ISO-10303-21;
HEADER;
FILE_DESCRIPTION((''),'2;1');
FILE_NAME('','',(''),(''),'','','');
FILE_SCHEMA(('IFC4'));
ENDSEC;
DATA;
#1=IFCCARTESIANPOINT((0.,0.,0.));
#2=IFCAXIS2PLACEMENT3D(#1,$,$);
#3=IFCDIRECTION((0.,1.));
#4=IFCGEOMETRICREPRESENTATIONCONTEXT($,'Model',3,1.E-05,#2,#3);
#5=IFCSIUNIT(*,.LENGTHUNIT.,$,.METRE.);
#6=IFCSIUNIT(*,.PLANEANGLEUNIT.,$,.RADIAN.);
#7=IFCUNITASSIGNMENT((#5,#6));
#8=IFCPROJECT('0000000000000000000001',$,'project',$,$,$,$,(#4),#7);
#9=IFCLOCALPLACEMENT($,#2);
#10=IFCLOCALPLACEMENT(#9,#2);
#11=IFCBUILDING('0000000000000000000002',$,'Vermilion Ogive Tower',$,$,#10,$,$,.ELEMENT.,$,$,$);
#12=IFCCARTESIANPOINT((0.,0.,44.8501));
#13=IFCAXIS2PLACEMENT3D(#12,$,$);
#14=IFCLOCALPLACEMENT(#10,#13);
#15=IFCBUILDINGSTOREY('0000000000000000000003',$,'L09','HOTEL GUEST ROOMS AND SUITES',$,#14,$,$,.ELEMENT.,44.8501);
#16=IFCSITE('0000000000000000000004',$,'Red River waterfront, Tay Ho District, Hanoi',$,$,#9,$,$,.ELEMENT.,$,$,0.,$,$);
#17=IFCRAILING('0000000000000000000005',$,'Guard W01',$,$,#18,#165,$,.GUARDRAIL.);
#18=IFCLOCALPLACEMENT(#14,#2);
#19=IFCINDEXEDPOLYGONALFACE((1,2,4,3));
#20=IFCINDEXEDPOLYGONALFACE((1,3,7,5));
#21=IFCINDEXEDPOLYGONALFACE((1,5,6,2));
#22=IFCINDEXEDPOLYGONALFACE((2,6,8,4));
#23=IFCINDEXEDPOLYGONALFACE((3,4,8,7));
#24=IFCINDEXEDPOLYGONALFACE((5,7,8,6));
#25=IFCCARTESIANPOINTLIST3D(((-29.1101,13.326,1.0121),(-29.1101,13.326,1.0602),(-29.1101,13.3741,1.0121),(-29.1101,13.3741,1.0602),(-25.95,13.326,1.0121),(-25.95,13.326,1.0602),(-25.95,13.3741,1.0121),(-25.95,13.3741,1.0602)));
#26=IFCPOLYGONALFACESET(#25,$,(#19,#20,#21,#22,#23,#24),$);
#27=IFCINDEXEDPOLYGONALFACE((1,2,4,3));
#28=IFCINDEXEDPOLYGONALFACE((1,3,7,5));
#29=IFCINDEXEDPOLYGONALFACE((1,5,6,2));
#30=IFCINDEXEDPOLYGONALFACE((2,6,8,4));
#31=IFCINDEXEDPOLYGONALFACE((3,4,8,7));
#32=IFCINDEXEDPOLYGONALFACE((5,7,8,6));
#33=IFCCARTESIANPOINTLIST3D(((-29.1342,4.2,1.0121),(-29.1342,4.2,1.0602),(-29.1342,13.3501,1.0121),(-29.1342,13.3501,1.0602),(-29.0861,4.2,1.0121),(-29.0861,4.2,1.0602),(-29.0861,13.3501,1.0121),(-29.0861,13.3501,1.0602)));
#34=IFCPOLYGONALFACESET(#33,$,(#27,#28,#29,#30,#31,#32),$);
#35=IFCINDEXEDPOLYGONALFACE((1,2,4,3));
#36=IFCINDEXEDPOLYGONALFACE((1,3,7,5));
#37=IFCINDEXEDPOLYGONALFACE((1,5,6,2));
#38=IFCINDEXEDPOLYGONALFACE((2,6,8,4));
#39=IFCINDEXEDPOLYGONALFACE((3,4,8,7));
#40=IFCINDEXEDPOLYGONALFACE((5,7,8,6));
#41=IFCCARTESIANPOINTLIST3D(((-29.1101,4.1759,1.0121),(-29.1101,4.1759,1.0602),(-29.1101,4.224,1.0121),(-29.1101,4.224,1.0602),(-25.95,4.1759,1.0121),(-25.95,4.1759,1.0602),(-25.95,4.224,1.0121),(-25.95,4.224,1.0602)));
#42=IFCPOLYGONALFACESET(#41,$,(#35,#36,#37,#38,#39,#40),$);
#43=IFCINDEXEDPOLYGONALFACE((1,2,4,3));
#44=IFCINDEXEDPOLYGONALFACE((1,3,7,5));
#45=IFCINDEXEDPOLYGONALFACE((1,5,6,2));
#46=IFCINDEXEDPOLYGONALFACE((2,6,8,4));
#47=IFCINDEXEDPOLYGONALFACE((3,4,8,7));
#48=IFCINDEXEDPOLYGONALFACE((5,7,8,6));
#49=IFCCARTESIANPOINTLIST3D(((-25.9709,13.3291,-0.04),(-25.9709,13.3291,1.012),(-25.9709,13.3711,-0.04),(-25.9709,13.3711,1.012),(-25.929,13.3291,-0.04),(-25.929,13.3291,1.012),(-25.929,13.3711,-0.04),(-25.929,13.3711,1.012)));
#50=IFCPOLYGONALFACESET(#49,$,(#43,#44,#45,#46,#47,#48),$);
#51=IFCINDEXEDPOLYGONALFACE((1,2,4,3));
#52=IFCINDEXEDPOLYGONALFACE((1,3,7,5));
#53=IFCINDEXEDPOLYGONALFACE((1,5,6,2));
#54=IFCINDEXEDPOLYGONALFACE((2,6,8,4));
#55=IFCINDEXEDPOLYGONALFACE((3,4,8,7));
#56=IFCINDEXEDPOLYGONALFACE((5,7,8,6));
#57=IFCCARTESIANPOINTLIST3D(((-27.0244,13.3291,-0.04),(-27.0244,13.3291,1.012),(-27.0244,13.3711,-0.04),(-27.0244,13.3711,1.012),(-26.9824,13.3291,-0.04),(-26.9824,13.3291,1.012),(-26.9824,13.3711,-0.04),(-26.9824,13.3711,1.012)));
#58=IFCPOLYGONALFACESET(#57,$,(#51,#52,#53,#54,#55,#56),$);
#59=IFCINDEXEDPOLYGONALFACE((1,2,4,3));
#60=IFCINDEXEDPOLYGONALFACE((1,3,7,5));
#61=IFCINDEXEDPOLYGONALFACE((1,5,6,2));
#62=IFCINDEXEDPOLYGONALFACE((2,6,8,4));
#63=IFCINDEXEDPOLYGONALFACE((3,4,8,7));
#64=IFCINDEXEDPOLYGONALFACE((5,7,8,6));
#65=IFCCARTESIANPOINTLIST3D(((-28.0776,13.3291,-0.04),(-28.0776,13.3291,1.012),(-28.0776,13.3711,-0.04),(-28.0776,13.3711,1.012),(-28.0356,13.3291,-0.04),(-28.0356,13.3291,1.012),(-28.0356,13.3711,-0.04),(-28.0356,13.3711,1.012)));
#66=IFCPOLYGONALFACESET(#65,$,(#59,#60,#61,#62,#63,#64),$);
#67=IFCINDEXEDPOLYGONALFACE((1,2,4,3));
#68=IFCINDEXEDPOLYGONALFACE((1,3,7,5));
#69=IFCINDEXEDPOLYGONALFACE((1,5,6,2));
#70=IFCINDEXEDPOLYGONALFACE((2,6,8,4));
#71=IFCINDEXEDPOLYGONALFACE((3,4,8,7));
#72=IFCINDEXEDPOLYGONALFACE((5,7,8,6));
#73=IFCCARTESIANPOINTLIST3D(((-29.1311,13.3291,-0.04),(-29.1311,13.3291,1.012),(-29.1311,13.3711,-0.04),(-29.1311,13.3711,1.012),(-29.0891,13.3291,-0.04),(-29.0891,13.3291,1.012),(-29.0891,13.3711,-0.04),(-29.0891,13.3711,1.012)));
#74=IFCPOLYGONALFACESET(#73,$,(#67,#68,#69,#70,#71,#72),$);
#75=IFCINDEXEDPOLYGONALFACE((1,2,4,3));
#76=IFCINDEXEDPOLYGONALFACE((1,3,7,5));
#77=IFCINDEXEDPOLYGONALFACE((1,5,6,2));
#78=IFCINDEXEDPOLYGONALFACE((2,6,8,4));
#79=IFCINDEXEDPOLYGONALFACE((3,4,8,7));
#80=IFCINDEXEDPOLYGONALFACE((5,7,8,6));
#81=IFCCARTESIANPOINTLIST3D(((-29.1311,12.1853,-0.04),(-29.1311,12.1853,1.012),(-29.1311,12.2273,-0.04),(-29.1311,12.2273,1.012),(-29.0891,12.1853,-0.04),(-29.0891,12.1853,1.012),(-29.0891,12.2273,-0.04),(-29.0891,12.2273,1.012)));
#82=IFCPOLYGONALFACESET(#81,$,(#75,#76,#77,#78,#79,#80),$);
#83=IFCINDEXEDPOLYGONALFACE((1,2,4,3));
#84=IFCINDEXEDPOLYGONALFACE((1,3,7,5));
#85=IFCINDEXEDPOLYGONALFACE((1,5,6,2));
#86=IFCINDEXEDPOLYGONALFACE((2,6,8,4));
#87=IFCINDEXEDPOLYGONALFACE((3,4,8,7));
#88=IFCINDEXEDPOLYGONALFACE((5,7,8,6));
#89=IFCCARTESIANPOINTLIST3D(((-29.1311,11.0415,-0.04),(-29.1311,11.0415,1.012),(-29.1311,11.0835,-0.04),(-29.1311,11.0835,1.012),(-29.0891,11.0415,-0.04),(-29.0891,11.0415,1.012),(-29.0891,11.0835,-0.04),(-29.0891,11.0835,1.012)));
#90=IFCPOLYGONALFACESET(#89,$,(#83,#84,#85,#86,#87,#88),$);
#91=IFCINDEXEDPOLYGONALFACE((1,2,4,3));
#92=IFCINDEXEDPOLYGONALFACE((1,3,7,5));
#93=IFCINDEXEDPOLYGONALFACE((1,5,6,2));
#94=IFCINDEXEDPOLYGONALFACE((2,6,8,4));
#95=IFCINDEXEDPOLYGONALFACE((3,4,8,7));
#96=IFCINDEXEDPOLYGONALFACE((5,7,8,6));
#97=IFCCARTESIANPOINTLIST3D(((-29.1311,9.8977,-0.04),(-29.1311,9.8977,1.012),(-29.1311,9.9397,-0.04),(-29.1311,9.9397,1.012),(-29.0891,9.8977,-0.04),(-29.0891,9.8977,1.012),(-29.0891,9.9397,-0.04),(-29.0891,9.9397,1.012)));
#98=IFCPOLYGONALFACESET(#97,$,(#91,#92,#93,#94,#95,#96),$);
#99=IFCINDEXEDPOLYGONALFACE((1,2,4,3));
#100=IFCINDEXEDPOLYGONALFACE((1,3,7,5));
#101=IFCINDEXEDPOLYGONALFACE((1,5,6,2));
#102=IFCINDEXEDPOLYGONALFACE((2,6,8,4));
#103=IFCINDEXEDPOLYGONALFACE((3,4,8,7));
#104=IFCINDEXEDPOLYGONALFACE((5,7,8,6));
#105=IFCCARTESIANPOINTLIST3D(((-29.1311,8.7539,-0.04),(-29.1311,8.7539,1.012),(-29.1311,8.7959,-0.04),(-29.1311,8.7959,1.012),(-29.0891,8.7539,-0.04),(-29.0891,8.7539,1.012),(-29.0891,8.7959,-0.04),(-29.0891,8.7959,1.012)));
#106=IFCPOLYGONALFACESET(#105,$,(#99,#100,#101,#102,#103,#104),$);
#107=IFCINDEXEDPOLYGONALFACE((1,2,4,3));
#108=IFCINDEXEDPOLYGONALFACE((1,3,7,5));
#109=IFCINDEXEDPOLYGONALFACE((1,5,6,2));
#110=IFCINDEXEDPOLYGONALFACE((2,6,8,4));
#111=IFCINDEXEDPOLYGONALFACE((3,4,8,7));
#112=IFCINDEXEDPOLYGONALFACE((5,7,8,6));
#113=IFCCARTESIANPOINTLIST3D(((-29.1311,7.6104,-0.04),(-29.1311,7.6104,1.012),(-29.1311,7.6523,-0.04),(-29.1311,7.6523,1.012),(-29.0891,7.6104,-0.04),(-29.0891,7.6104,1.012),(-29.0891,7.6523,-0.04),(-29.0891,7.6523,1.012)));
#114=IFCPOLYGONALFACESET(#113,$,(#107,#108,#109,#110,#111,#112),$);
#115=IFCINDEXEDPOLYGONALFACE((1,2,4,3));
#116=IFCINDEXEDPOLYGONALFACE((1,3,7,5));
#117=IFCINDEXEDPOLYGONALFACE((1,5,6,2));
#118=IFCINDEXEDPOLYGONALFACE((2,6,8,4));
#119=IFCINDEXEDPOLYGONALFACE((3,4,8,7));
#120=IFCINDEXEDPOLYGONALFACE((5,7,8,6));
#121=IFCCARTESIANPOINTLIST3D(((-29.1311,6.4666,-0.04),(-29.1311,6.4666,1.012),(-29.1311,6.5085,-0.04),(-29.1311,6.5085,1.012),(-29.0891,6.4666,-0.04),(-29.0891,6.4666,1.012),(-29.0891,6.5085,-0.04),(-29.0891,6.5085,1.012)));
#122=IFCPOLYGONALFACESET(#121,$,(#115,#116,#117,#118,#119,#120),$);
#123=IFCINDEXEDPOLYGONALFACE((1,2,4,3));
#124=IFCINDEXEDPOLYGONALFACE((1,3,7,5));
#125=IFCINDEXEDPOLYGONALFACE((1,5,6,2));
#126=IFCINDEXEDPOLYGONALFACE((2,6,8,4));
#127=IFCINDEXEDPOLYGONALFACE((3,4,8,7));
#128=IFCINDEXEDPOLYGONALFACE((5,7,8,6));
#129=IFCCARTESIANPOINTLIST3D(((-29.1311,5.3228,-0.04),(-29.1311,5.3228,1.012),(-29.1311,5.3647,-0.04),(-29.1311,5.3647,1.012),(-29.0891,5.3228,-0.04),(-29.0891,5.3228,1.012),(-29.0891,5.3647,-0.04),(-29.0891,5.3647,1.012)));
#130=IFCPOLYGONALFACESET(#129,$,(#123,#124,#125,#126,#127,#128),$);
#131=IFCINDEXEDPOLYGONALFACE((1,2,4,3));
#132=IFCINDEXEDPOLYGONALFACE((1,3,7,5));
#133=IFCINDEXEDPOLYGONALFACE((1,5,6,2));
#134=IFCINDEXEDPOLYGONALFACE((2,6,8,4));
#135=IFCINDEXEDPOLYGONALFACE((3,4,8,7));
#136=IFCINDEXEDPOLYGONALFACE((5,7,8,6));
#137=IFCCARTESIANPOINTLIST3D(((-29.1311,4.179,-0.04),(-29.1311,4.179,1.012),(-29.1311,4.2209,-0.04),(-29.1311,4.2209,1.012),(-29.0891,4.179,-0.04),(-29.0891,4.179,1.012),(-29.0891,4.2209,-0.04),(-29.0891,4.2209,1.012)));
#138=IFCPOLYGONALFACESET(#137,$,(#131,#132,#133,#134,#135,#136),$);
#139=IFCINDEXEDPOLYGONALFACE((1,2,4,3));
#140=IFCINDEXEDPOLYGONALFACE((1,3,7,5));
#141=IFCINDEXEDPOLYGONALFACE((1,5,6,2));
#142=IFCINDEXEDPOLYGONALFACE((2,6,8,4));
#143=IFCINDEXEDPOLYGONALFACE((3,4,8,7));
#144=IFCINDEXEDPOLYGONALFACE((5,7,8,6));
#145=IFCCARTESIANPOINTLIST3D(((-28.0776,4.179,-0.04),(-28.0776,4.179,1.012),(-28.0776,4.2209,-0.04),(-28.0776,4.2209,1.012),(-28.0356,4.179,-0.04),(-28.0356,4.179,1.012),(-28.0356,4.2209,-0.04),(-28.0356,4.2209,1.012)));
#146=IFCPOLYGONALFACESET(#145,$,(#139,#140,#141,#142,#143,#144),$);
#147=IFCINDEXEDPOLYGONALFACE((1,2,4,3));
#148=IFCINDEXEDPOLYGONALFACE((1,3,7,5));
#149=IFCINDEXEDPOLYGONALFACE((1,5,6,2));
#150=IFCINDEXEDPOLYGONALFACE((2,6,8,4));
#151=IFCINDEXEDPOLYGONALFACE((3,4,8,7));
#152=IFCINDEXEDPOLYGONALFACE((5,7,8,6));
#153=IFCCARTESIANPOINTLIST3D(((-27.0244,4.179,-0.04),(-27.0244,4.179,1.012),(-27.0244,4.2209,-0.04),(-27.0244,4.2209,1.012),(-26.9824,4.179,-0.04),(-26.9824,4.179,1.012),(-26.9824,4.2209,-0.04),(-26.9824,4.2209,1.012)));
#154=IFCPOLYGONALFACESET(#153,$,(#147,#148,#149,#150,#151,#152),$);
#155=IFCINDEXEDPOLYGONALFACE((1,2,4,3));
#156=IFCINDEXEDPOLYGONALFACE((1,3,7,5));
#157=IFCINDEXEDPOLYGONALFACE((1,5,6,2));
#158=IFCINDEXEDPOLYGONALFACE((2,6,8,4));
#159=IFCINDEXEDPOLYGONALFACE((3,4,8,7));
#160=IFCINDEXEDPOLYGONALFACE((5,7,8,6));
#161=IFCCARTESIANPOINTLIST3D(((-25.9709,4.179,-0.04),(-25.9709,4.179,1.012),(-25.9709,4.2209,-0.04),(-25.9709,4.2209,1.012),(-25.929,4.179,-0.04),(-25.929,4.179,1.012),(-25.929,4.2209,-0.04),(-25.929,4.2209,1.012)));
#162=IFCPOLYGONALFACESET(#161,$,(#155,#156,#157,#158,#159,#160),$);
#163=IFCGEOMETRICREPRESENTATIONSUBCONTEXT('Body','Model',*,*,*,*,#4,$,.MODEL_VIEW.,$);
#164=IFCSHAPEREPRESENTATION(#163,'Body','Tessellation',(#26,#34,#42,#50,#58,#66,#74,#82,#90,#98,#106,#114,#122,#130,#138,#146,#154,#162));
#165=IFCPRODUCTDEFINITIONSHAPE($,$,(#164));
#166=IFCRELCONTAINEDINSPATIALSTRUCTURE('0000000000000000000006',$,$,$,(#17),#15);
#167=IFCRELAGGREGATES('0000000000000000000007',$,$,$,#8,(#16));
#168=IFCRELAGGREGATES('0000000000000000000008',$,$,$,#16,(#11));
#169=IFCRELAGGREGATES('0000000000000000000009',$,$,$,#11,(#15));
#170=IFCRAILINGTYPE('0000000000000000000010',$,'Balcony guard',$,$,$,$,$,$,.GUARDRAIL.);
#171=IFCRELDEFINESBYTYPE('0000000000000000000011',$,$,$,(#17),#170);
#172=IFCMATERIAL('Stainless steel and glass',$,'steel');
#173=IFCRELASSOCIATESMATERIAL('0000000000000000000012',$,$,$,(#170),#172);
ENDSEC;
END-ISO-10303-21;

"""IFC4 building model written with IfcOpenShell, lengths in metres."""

from ifc_helpers import new_model, si_unit, direction, frame, origin, origin_2d, place, context, subcontext, project, spatial, rectangle, extrude, material, type_object, element, save


model = new_model("IFC4")

# Units and contexts
model_context = context("Model", 3, precision=1e-05, world=origin(), true_north=direction((0.0, 1.0)))
body_context = subcontext(model_context, "Body", "Model", "MODEL_VIEW")
ifc_project = project(units=[si_unit("LENGTHUNIT", "METRE"), si_unit("PLANEANGLEUNIT", "RADIAN")], contexts=[model_context])

# Site, building, storey
site_placement = place(None, origin())
site = spatial("IfcSite", under=ifc_project, at=site_placement, Name="Red River waterfront, Tay Ho District, Hanoi", CompositionType="ELEMENT", RefElevation=0.0)
building_placement = place(site_placement, origin())
building = spatial("IfcBuilding", under=site, at=building_placement, Name="Vermilion Ogive Tower", CompositionType="ELEMENT")
storey_placement = place(building_placement, frame((0.0, 0.0, 44.8501)))
storey = spatial("IfcBuildingStorey", under=building, at=storey_placement, Name="L09", Description="HOTEL GUEST ROOMS AND SUITES", CompositionType="ELEMENT", Elevation=44.8501)

# Railing
ifc_material_1 = material(Name="Stainless steel and glass", Category="steel")
railing_type = type_object("IfcRailingType", Name="Balcony guard", PredefinedType="GUARDRAIL", material=ifc_material_1)
railing_placement = place(storey_placement, frame((-25.95, 13.3501, -0.04)))
element("IfcRailing", 1, at=railing_placement, inside=storey, type_object=railing_type, Name="Guard W01", PredefinedType="GUARDRAIL", context=body_context, shape_type="SweptSolid", body=[
    extrude(rectangle(XDim=0.0481, YDim=0.0481, at=origin_2d()), frame((0.0, 0.0, 1.0762), z_axis=(-1.0, 0.0, 0.0), x_axis=(0.0, -1.0, 0.0)), (0.0, 0.0, 1.0), 3.1602),
    extrude(rectangle(XDim=0.0481, YDim=0.0481, at=origin_2d()), frame((-3.1602, 0.0, 1.0762), z_axis=(0.0, -1.0, 0.0), x_axis=(1.0, 0.0, 0.0)), (0.0, 0.0, 1.0), 9.1501),
    extrude(rectangle(XDim=0.0481, YDim=0.0481, at=origin_2d()), frame((-3.1602, -9.1501, 1.0762), z_axis=(1.0, 0.0, 0.0), x_axis=(0.0, 1.0, 0.0)), (0.0, 0.0, 1.0), 3.1602),
    extrude(rectangle(XDim=0.042, YDim=0.042, at=origin_2d()), origin(), (0.0, 0.0, 1.0), 1.052),
    extrude(rectangle(XDim=0.042, YDim=0.042, at=origin_2d()), frame((-1.0535, 0.0, 0.0)), (0.0, 0.0, 1.0), 1.052),
    extrude(rectangle(XDim=0.042, YDim=0.042, at=origin_2d()), frame((-2.1067, 0.0, 0.0)), (0.0, 0.0, 1.0), 1.052),
    extrude(rectangle(XDim=0.042, YDim=0.042, at=origin_2d()), frame((-3.1602, 0.0, 0.0)), (0.0, 0.0, 1.0), 1.052),
    extrude(rectangle(XDim=0.042, YDim=0.042, at=origin_2d()), frame((-3.1602, -1.1438, 0.0)), (0.0, 0.0, 1.0), 1.052),
    extrude(rectangle(XDim=0.042, YDim=0.042, at=origin_2d()), frame((-3.1602, -2.2876, 0.0)), (0.0, 0.0, 1.0), 1.052),
    extrude(rectangle(XDim=0.042, YDim=0.042, at=origin_2d()), frame((-3.1602, -3.4314, 0.0)), (0.0, 0.0, 1.0), 1.052),
    extrude(rectangle(XDim=0.042, YDim=0.042, at=origin_2d()), frame((-3.1602, -4.5752, 0.0)), (0.0, 0.0, 1.0), 1.052),
    extrude(rectangle(XDim=0.042, YDim=0.042, at=origin_2d()), frame((-3.1602, -5.7188, 0.0)), (0.0, 0.0, 1.0), 1.052),
    extrude(rectangle(XDim=0.042, YDim=0.042, at=origin_2d()), frame((-3.1602, -6.8625, 0.0)), (0.0, 0.0, 1.0), 1.052),
    extrude(rectangle(XDim=0.042, YDim=0.042, at=origin_2d()), frame((-3.1602, -8.0063, 0.0)), (0.0, 0.0, 1.0), 1.052),
    extrude(rectangle(XDim=0.042, YDim=0.042, at=origin_2d()), frame((-3.1602, -9.1501, 0.0)), (0.0, 0.0, 1.0), 1.052),
    extrude(rectangle(XDim=0.042, YDim=0.042, at=origin_2d()), frame((-2.1067, -9.1501, 0.0)), (0.0, 0.0, 1.0), 1.052),
    extrude(rectangle(XDim=0.042, YDim=0.042, at=origin_2d()), frame((-1.0535, -9.1501, 0.0)), (0.0, 0.0, 1.0), 1.052),
    extrude(rectangle(XDim=0.042, YDim=0.042, at=origin_2d()), frame((0.0, -9.1501, 0.0)), (0.0, 0.0, 1.0), 1.052),
])

save(model, "model.ifc")
